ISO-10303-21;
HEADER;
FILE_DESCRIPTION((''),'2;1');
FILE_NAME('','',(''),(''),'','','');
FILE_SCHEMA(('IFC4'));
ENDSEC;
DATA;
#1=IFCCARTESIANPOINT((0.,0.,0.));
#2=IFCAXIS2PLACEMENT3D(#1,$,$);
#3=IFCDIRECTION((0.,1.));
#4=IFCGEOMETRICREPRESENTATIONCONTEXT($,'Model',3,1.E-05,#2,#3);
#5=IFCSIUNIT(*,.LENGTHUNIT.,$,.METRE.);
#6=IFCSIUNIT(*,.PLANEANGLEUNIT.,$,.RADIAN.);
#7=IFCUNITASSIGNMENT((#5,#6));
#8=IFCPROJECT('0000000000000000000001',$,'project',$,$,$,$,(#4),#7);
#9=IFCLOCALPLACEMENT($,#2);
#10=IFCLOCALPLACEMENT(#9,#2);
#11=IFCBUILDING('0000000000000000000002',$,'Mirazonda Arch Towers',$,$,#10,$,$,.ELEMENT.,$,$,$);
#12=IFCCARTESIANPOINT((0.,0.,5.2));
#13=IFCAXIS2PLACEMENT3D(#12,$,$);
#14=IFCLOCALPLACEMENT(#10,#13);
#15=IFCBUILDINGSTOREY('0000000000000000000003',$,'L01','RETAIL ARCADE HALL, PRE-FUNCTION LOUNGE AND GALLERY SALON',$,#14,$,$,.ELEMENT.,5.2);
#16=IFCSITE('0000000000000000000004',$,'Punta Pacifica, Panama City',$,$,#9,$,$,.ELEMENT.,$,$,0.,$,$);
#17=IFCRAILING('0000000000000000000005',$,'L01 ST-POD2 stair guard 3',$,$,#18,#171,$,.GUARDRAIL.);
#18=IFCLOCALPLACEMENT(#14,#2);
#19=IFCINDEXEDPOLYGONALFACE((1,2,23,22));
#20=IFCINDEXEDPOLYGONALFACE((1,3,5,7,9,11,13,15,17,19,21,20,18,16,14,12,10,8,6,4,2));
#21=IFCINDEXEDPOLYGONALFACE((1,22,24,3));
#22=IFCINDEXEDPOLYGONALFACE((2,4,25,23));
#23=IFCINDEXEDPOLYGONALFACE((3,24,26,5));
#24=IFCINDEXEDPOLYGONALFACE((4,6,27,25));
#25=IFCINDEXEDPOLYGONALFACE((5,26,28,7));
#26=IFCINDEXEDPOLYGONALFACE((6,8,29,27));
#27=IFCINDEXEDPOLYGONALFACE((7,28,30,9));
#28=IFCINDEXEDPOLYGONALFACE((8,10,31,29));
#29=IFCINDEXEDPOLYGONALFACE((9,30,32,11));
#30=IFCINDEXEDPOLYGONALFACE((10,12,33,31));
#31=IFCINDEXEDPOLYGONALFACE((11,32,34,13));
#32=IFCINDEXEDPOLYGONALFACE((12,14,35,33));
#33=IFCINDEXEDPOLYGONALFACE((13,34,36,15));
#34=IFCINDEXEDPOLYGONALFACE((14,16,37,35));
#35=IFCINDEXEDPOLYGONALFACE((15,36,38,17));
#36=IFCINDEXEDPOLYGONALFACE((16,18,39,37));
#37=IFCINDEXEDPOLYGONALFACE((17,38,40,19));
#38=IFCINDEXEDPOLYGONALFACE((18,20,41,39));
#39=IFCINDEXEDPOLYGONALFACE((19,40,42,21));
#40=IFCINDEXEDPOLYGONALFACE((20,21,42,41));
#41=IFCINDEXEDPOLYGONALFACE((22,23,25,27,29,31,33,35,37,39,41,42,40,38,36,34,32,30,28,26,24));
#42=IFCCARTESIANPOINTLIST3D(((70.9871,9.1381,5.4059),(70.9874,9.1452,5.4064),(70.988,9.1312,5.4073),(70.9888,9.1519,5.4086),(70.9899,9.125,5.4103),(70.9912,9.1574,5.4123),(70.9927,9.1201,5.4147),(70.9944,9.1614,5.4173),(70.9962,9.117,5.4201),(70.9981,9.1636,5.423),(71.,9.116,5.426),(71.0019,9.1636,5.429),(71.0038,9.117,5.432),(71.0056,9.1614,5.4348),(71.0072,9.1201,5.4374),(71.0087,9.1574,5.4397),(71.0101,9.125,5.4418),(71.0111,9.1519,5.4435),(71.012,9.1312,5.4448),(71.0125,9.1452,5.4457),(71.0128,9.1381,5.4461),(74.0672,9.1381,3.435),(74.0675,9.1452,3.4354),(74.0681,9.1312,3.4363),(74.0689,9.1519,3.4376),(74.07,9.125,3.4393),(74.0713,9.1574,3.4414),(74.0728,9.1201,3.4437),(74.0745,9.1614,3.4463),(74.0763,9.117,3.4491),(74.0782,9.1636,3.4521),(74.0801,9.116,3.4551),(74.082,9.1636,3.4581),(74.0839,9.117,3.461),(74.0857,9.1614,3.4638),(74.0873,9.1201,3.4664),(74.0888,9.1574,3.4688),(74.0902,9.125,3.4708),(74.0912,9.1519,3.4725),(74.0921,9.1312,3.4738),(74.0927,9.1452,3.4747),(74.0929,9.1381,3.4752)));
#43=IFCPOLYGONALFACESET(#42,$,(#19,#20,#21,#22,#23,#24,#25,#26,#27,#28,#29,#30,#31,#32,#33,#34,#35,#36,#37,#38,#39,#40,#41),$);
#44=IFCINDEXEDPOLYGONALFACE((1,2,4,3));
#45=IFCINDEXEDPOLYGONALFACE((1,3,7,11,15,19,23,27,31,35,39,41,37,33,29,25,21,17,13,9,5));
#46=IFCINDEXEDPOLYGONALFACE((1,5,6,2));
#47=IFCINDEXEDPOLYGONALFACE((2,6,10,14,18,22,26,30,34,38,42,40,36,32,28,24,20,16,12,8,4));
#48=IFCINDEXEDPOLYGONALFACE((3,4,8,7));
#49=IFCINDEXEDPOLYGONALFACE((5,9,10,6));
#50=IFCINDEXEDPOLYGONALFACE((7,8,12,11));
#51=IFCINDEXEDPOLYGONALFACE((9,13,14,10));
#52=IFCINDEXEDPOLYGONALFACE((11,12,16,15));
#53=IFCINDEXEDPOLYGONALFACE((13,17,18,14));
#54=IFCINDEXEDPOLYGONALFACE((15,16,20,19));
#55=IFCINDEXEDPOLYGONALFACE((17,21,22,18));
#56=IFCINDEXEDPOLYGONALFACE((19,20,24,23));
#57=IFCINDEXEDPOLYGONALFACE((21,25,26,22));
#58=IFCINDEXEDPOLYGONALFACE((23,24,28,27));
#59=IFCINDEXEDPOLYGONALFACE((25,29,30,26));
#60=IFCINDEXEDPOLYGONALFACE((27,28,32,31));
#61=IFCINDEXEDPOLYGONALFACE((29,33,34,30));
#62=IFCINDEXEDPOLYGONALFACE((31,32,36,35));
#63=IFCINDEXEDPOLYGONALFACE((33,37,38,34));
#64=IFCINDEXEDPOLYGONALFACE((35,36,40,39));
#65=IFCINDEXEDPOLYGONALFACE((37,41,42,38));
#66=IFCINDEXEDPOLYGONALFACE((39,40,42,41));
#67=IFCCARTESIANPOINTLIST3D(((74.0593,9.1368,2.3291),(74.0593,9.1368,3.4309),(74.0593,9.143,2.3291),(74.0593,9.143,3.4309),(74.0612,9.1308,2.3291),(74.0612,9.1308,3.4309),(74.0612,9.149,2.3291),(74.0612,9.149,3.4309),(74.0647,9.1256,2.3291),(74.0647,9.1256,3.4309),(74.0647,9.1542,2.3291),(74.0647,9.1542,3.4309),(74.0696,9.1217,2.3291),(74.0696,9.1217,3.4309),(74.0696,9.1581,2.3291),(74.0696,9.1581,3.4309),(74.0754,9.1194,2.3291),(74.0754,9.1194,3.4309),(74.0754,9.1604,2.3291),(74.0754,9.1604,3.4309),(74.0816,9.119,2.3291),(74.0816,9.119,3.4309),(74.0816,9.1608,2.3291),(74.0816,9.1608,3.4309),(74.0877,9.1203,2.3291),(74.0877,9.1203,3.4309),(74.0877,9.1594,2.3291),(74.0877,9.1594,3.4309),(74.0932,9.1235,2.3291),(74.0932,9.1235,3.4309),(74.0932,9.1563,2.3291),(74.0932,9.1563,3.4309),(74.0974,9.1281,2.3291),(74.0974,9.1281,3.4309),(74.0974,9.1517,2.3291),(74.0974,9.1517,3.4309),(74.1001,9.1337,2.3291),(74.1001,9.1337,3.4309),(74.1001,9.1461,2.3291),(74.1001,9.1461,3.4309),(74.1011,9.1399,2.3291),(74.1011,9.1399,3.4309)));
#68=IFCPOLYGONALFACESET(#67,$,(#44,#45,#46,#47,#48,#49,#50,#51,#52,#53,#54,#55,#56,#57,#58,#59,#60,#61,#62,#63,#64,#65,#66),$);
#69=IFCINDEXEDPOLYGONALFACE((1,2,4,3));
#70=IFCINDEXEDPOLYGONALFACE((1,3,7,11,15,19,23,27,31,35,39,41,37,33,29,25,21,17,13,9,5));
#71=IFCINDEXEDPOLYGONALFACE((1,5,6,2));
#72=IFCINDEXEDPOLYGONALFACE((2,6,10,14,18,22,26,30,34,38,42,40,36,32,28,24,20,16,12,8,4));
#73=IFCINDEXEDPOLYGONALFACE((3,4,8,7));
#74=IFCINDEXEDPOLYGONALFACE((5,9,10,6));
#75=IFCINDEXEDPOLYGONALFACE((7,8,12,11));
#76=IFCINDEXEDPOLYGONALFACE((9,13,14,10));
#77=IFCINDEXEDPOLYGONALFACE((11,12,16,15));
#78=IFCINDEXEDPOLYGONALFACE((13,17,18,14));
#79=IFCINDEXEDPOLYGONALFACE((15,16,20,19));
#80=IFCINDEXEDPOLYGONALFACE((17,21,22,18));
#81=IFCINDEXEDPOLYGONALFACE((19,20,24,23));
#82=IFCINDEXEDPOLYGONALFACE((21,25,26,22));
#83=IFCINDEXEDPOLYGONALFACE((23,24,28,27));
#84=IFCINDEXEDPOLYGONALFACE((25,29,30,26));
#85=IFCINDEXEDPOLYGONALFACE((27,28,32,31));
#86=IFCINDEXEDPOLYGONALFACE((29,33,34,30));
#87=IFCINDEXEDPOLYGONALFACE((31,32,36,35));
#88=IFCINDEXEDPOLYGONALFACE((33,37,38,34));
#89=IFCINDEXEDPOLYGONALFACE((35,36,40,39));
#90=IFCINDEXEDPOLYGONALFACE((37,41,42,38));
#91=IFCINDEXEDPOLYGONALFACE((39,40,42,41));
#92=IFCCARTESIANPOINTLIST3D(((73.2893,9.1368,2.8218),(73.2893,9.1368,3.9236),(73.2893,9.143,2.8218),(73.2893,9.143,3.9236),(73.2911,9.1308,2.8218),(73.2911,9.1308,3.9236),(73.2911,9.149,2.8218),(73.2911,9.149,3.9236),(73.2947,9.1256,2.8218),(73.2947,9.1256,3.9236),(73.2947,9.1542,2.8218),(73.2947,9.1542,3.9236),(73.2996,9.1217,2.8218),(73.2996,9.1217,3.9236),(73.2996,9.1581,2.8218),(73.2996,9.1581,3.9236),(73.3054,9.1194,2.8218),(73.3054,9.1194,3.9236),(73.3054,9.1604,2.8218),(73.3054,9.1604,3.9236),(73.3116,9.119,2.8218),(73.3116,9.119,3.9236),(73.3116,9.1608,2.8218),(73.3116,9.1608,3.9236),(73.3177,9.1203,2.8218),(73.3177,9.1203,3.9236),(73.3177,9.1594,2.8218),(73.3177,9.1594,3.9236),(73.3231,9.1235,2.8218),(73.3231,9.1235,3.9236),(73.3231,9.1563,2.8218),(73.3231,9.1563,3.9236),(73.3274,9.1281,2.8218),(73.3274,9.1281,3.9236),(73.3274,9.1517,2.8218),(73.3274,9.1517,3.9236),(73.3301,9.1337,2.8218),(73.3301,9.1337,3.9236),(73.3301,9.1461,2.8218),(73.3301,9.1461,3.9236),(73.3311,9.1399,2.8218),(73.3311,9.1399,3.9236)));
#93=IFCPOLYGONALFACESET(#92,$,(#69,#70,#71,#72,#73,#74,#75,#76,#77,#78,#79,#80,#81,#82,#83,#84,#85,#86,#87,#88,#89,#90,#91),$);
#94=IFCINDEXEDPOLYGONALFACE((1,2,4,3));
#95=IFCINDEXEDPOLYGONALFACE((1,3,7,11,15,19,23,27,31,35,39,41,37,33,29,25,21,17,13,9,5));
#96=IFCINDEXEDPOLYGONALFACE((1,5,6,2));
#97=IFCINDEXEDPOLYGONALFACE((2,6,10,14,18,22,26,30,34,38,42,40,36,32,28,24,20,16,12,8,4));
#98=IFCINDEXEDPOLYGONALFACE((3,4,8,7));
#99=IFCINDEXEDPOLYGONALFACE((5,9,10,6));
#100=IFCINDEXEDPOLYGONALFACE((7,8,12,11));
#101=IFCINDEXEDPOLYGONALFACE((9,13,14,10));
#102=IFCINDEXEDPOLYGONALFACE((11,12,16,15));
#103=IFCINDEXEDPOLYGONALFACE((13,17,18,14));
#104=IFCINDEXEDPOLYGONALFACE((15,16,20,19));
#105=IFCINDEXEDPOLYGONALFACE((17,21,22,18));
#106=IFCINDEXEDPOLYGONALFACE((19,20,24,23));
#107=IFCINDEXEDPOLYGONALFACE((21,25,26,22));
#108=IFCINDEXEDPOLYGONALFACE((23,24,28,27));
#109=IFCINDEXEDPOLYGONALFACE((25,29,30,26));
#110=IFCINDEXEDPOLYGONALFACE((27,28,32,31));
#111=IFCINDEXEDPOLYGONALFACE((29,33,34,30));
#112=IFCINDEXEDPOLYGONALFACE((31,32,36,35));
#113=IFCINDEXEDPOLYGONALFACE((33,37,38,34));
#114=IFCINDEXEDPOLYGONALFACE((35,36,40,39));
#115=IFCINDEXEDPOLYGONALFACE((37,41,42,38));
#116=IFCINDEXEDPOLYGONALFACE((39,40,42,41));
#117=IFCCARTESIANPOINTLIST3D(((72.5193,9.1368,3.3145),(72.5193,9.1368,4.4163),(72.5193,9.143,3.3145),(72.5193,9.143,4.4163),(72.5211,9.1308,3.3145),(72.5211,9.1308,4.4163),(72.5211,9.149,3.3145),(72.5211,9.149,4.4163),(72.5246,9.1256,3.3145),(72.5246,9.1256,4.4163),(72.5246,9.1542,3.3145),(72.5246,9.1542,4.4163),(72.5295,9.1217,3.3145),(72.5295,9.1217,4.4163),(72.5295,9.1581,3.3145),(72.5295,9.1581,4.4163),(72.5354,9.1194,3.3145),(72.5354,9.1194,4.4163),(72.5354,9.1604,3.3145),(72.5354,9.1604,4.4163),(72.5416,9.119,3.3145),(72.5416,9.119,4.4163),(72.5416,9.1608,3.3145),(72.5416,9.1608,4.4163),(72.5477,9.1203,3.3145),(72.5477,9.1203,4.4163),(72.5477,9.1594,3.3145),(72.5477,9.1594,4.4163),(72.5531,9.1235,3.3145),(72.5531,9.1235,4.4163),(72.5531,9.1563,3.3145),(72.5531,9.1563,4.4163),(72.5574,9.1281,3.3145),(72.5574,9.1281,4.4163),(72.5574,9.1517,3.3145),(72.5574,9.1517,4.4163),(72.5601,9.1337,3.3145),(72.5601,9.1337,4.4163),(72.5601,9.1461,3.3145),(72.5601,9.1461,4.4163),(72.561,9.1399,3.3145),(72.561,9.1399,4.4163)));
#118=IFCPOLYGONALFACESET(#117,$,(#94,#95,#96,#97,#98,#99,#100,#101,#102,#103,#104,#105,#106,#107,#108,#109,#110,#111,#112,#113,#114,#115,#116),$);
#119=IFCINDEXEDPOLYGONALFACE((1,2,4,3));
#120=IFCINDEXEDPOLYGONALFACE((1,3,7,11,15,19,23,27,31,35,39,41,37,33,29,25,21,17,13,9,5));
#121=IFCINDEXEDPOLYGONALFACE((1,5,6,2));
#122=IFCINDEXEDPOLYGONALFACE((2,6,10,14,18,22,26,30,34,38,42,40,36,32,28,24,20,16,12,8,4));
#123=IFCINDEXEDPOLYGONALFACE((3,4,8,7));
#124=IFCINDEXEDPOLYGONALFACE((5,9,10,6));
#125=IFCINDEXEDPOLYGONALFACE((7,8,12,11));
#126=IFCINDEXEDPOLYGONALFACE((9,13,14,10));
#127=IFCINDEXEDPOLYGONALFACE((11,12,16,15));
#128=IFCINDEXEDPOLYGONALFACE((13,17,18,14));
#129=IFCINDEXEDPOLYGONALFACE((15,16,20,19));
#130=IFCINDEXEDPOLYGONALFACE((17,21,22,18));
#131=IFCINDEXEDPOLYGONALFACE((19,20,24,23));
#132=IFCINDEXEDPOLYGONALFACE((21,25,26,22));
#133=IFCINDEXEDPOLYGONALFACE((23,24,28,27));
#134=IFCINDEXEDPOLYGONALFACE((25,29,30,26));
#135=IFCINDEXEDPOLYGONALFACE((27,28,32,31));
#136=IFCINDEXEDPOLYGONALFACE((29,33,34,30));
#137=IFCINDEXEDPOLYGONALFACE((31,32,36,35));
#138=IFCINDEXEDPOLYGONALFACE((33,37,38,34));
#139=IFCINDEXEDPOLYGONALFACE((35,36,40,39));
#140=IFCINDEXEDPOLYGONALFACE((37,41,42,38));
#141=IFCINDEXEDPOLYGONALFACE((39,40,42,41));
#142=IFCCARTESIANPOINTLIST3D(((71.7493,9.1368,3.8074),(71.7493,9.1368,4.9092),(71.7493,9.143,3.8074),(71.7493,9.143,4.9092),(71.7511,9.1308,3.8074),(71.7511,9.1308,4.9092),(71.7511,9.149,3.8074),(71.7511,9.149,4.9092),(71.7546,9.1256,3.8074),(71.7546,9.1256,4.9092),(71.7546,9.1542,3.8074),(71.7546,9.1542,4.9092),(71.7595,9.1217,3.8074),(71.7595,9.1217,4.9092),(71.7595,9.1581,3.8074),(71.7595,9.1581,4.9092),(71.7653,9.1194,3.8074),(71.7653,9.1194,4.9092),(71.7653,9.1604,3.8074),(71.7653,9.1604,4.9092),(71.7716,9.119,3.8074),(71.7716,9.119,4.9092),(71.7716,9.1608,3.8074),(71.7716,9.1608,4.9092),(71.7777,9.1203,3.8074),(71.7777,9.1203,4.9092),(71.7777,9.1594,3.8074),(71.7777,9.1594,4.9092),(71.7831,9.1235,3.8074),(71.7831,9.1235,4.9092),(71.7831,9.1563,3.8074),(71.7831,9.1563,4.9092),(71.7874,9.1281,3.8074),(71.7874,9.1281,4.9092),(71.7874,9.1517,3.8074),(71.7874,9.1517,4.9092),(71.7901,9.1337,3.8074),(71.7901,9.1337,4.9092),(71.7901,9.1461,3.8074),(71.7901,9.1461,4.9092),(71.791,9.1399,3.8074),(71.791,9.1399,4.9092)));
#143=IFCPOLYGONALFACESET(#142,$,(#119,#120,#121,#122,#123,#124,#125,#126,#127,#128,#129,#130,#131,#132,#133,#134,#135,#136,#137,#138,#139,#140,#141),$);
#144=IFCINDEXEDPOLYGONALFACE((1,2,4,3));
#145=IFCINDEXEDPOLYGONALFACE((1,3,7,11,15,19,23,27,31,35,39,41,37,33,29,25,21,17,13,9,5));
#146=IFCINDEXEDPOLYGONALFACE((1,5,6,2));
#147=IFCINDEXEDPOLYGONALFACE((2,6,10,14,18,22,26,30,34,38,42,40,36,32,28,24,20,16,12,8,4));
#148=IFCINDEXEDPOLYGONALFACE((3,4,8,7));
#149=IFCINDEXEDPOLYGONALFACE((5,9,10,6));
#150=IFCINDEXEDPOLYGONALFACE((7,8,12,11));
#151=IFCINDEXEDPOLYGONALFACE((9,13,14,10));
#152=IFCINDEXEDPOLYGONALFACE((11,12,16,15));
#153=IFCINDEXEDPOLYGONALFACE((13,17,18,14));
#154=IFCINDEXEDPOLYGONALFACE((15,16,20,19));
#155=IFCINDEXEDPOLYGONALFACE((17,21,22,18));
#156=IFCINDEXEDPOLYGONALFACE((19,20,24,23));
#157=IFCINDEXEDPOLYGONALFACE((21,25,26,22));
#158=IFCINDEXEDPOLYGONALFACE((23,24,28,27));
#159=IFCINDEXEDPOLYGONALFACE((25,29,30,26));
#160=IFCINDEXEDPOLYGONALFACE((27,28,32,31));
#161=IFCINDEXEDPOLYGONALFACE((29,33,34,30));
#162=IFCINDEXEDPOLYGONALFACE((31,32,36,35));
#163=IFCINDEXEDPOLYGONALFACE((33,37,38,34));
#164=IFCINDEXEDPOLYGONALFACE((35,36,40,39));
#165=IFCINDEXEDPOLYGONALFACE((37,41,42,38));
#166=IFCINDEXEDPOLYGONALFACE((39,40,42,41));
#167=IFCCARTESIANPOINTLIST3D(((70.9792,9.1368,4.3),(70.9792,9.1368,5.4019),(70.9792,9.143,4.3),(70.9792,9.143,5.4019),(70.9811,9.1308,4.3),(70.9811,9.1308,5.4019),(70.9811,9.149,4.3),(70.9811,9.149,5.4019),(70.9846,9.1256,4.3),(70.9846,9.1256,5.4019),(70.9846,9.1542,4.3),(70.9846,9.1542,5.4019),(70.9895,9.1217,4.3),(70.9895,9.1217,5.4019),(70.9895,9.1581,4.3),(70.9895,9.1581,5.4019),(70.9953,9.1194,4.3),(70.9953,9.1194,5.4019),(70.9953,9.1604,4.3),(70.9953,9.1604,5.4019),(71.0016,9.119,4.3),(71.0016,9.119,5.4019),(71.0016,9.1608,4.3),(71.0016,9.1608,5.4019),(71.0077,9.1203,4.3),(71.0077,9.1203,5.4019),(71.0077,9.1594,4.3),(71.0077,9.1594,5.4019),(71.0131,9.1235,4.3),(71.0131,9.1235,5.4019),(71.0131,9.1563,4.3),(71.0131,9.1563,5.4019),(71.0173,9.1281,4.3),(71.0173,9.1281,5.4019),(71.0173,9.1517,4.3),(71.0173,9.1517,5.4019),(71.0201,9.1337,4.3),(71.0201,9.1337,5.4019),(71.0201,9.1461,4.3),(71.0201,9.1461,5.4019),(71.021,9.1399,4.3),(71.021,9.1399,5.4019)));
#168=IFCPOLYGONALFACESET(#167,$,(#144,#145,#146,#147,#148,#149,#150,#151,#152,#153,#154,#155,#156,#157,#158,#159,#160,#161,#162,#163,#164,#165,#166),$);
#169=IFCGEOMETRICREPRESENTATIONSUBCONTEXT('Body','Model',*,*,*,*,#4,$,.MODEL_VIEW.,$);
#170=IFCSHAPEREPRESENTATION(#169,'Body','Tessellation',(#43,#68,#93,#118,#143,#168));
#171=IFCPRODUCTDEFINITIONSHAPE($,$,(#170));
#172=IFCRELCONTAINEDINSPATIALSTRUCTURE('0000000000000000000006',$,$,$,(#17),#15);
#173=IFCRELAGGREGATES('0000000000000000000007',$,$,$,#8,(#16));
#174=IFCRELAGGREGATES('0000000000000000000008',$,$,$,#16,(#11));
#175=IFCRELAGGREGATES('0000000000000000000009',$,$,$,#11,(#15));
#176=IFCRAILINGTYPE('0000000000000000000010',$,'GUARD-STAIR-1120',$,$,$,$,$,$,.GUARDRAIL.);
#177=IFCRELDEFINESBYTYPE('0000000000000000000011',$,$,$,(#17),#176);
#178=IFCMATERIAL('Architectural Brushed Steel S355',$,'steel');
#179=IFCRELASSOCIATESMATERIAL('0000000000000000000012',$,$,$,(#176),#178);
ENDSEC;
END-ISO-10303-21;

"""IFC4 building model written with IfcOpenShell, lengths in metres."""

from ifc_helpers import new_model, si_unit, direction, frame, origin, origin_2d, place, context, subcontext, project, spatial, circle, extrude, material, type_object, element, save


model = new_model("IFC4")

# Units and contexts
model_context = context("Model", 3, precision=1e-05, world=origin(), true_north=direction((0.0, 1.0)))
body_context = subcontext(model_context, "Body", "Model", "MODEL_VIEW")
ifc_project = project(units=[si_unit("LENGTHUNIT", "METRE"), si_unit("PLANEANGLEUNIT", "RADIAN")], contexts=[model_context])

# Site, building, storey
site_placement = place(None, origin())
site = spatial("IfcSite", under=ifc_project, at=site_placement, Name="Punta Pacifica, Panama City", CompositionType="ELEMENT", RefElevation=0.0)
building_placement = place(site_placement, origin())
building = spatial("IfcBuilding", under=site, at=building_placement, Name="Mirazonda Arch Towers", CompositionType="ELEMENT")
storey_placement = place(building_placement, frame((0.0, 0.0, 5.2)))
storey = spatial("IfcBuildingStorey", under=building, at=storey_placement, Name="L01", Description="RETAIL ARCADE HALL, PRE-FUNCTION LOUNGE AND GALLERY SALON", CompositionType="ELEMENT", Elevation=5.2)

# Railing
ifc_material_1 = material(Name="Architectural Brushed Steel S355", Category="steel")
railing_type_1 = type_object("IfcRailingType", Name="GUARD-STAIR-1120", PredefinedType="GUARDRAIL", material=ifc_material_1)
railing_1_placement = place(storey_placement, frame((74.0801, 9.1399, 2.3291)))
element("IfcRailing", 1, at=railing_1_placement, inside=storey, type_object=railing_type_1, Name="L01 ST-POD2 stair guard 3", PredefinedType="GUARDRAIL", context=body_context, shape_type="SweptSolid", body=[
    extrude(circle(Radius=0.0239, at=origin_2d()), frame((0.0, 0.0, 1.126), z_axis=(-0.842309, 0.0, 0.538995), x_axis=(0.0, -1.0, 0.0)), (0.0, 0.0, 1.0), 3.6567),
    extrude(circle(Radius=0.021, at=origin_2d()), origin(), (0.0, 0.0, 1.0), 1.1018),
    extrude(circle(Radius=0.021, at=origin_2d()), frame((-0.77, 0.0, 0.4927)), (0.0, 0.0, 1.0), 1.1018),
    extrude(circle(Radius=0.021, at=origin_2d()), frame((-1.54, 0.0, 0.9854)), (0.0, 0.0, 1.0), 1.1018),
    extrude(circle(Radius=0.021, at=origin_2d()), frame((-2.3101, 0.0, 1.4783)), (0.0, 0.0, 1.0), 1.1018),
    extrude(circle(Radius=0.021, at=origin_2d()), frame((-3.0801, 0.0, 1.9709)), (0.0, 0.0, 1.0), 1.1018),
])

save(model, "model.ifc")
